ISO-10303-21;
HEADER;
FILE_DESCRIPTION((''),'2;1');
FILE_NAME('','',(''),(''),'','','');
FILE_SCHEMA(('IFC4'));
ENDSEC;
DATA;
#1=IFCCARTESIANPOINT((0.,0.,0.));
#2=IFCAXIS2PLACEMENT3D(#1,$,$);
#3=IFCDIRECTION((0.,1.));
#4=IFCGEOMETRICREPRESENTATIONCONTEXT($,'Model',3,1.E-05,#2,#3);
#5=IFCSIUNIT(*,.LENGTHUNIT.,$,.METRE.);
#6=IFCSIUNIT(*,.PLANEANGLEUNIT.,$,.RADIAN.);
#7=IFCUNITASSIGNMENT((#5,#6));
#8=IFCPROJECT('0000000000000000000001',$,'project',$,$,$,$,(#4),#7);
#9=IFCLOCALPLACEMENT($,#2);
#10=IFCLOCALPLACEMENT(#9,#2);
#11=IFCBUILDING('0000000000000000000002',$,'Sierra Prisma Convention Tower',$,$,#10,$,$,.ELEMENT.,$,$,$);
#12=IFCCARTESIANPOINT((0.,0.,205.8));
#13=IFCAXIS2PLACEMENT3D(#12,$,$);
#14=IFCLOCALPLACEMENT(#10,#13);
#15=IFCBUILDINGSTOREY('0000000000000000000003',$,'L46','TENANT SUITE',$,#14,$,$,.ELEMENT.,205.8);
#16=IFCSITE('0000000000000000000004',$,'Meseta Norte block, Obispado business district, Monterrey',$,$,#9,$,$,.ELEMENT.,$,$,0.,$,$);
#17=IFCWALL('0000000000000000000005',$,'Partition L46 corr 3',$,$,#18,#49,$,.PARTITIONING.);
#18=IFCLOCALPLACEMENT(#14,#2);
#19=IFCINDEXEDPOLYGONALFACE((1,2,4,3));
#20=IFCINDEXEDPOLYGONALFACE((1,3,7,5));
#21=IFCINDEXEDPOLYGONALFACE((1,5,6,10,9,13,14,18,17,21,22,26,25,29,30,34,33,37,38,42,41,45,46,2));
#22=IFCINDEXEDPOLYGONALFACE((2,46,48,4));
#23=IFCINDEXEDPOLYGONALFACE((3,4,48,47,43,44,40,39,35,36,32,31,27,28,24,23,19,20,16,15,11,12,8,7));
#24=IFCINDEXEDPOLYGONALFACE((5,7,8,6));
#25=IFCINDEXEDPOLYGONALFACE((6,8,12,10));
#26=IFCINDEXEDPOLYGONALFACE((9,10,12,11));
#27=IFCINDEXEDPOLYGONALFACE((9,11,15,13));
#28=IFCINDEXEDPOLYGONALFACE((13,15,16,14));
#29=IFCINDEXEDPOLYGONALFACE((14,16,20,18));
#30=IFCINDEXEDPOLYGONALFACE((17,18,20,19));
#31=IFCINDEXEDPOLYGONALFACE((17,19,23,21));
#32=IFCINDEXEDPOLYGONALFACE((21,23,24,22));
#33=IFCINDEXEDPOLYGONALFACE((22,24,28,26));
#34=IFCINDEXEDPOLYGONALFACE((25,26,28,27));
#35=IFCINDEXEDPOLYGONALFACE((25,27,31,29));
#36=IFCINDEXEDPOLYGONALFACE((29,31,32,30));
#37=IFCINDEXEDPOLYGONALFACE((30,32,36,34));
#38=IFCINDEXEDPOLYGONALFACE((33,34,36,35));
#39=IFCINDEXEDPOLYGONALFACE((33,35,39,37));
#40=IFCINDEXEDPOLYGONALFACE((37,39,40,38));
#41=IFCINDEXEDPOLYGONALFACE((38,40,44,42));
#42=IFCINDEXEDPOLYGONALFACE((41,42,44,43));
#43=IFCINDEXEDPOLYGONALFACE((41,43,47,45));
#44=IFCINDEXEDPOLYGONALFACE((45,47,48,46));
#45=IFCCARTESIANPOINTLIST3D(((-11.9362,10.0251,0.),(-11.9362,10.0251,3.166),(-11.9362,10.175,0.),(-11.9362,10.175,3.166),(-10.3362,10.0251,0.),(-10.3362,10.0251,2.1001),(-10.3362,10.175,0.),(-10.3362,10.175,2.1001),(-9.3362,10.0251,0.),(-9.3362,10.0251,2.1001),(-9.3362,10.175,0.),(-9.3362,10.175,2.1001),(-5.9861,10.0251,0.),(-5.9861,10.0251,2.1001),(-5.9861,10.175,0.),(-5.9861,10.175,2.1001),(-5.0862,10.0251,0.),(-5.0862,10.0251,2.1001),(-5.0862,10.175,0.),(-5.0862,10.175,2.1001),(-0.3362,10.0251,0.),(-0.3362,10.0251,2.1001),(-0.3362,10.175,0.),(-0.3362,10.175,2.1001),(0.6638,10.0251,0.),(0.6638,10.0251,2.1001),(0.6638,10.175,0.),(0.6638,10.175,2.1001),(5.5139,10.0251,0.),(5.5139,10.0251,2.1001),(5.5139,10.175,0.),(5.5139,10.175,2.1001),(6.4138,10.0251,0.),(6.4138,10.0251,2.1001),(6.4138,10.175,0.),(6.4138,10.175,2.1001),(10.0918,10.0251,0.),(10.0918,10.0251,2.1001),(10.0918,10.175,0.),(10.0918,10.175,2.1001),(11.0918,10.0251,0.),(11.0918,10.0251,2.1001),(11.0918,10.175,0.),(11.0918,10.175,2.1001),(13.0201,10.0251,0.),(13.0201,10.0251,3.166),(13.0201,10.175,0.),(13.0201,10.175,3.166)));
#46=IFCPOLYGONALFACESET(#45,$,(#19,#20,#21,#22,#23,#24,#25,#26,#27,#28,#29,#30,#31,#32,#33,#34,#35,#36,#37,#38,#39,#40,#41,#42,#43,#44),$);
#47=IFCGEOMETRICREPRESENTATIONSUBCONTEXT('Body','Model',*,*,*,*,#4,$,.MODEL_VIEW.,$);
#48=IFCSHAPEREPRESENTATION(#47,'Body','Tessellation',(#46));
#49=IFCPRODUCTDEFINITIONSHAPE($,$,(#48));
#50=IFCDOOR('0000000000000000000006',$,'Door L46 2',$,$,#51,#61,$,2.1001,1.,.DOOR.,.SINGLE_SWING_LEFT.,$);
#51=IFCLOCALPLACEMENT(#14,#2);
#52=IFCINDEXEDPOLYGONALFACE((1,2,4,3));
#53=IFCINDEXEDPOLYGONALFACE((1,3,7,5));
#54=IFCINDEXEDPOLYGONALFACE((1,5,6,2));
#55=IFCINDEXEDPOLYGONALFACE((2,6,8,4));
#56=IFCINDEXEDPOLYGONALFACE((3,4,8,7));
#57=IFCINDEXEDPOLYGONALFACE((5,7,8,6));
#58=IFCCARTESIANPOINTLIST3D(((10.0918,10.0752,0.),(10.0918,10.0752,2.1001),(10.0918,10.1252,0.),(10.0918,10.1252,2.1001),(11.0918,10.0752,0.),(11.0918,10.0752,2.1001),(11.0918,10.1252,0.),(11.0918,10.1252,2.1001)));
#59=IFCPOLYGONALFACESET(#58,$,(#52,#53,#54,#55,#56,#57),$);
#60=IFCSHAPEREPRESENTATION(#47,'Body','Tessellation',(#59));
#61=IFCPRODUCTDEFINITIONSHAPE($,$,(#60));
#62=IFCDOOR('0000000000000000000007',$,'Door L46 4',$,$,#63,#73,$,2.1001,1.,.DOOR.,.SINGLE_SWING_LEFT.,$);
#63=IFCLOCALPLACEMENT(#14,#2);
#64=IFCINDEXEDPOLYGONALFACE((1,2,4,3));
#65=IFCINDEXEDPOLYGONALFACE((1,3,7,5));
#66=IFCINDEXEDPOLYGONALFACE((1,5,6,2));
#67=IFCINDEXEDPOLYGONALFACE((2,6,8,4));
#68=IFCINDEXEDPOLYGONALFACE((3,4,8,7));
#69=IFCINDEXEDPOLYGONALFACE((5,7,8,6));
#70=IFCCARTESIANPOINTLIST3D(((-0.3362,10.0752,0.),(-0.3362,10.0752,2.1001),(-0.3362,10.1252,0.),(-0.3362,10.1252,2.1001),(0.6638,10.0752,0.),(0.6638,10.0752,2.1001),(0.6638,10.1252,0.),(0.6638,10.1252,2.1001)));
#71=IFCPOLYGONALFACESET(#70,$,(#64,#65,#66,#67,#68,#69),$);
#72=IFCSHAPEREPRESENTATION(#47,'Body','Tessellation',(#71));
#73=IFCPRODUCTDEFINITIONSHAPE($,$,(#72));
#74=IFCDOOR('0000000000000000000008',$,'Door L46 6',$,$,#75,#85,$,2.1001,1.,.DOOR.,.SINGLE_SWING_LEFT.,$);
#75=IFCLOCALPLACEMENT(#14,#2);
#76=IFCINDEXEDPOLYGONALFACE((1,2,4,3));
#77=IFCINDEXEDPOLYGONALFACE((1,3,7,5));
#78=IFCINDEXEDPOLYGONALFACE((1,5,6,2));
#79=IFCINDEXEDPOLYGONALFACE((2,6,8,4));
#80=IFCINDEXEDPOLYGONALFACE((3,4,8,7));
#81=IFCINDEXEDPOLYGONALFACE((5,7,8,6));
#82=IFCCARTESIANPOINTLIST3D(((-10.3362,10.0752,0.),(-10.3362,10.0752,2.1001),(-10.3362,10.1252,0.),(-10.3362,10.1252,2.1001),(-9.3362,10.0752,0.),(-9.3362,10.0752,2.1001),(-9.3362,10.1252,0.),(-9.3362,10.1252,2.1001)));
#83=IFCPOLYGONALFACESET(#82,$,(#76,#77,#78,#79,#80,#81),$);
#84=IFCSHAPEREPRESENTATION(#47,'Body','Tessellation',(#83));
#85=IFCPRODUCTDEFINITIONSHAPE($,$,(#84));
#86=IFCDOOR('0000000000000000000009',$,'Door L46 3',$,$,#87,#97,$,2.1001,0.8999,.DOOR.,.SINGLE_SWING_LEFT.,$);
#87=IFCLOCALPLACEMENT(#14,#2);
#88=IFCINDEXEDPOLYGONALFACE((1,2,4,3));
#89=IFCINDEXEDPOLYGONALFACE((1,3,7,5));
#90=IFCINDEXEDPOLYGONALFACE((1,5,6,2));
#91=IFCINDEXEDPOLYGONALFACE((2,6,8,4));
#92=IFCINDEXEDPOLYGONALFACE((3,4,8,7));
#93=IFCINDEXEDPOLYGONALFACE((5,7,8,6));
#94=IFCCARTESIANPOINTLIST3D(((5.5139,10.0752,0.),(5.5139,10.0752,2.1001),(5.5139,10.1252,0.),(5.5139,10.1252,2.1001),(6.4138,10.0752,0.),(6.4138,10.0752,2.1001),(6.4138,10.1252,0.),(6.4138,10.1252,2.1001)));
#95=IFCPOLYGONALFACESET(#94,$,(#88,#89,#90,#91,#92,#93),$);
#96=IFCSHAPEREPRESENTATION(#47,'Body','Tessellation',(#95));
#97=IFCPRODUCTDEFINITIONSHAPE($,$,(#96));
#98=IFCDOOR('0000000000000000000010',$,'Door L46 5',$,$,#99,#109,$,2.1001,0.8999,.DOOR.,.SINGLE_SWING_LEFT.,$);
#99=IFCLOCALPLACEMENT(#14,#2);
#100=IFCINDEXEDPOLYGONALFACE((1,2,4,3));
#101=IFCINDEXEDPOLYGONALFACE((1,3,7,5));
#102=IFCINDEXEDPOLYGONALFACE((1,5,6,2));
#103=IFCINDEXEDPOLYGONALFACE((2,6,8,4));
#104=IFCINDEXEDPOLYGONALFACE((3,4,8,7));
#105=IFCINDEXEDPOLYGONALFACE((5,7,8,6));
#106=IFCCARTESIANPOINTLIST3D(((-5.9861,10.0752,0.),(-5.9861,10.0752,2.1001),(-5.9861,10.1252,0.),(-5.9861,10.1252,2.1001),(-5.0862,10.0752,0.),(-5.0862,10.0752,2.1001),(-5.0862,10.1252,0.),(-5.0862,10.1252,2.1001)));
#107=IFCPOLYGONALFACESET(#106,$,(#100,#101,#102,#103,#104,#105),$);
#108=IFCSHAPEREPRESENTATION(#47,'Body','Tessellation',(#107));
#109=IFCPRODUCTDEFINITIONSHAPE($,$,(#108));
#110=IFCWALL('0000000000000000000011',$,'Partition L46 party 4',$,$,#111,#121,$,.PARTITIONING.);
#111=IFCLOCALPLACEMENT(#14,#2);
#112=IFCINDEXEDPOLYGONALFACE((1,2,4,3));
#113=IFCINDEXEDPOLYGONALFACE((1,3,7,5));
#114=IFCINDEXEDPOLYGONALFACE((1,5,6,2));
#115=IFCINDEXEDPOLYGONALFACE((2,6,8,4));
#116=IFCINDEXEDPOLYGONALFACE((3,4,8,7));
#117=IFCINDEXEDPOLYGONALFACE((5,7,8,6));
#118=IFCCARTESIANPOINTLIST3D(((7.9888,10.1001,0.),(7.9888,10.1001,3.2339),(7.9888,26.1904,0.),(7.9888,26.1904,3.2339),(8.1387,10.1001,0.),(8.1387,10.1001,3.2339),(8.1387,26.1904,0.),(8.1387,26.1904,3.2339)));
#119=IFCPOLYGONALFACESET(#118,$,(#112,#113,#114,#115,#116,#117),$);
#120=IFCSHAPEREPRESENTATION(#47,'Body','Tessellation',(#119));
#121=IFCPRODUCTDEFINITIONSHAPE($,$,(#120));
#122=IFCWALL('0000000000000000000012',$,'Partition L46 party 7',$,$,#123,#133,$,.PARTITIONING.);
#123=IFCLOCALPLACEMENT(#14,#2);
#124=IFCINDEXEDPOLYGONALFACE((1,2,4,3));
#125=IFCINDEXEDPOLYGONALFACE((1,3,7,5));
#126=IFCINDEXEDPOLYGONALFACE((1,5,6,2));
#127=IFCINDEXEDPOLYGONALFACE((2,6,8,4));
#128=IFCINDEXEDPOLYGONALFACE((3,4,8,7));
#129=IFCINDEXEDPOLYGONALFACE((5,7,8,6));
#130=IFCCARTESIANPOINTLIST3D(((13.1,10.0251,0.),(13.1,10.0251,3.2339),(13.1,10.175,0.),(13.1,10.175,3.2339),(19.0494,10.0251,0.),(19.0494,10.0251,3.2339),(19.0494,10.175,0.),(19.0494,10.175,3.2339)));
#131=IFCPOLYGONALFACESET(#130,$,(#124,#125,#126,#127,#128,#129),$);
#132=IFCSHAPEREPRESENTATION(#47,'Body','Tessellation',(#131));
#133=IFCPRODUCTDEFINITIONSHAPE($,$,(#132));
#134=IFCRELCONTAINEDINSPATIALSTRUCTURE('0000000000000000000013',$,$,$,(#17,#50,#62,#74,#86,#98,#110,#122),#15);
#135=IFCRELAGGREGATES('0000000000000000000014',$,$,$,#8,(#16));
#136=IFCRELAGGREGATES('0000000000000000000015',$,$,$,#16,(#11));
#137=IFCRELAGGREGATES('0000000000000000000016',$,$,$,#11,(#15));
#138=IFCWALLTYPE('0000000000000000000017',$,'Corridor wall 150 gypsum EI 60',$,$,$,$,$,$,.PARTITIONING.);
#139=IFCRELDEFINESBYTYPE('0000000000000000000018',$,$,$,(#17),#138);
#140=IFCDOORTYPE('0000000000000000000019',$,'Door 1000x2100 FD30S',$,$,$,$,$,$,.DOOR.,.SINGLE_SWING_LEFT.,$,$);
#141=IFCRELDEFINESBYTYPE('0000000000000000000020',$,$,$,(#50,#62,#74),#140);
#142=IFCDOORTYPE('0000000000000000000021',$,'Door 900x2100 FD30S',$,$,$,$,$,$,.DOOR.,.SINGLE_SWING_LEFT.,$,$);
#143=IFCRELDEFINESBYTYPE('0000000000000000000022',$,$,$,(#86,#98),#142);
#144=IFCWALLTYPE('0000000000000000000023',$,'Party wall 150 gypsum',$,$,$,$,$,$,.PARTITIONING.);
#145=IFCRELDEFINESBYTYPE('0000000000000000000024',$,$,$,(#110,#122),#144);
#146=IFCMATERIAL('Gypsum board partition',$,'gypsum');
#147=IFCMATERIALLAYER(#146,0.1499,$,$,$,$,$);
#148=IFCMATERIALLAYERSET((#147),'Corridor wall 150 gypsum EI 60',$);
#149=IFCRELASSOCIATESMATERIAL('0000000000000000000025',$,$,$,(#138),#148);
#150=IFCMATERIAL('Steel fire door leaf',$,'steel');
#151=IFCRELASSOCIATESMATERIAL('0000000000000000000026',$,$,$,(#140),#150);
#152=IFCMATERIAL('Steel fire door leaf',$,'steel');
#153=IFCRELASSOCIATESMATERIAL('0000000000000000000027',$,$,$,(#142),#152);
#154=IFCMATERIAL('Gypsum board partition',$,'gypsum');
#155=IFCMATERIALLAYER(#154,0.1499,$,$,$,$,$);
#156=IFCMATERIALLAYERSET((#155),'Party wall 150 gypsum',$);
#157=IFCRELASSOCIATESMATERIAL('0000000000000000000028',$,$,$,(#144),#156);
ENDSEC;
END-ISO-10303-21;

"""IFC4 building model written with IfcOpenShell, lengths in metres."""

from ifc_helpers import new_model, si_unit, direction, frame, frame_2d, origin, place, context, subcontext, project, spatial, rectangle, extrude, material, layer, layer_set, type_object, element, fill, save


model = new_model("IFC4")

# Units and contexts
model_context = context("Model", 3, precision=1e-05, world=origin(), true_north=direction((0.0, 1.0)))
body_context = subcontext(model_context, "Body", "Model", "MODEL_VIEW")
ifc_project = project(units=[si_unit("LENGTHUNIT", "METRE"), si_unit("PLANEANGLEUNIT", "RADIAN")], contexts=[model_context])

# Site, building, storey
site_placement = place(None, origin())
site = spatial("IfcSite", under=ifc_project, at=site_placement, Name="Meseta Norte block, Obispado business district, Monterrey", CompositionType="ELEMENT", RefElevation=0.0)
building_placement = place(site_placement, origin())
building = spatial("IfcBuilding", under=site, at=building_placement, Name="Sierra Prisma Convention Tower", CompositionType="ELEMENT")
storey_placement = place(building_placement, frame((0.0, 0.0, 205.8)))
storey = spatial("IfcBuildingStorey", under=building, at=storey_placement, Name="L46", Description="TENANT SUITE", CompositionType="ELEMENT", Elevation=205.8)

# Wall, openings, doors
ifc_material_1 = material(Name="Gypsum board partition", Category="gypsum")
ifc_layer_1 = layer(ifc_material_1, 0.1499)
ifc_layer_set_1 = layer_set([ifc_layer_1], Name="Corridor wall 150 gypsum EI 60")
wall_type_1 = type_object("IfcWallType", Name="Corridor wall 150 gypsum EI 60", PredefinedType="PARTITIONING", material=ifc_layer_set_1)
wall_1_placement = place(storey_placement, frame((13.02, 10.1001, 0.0), z_axis=(0.0, 0.0, 1.0), x_axis=(-1.0, 0.0, 0.0)))
wall_1 = element("IfcWall", 1, at=wall_1_placement, inside=storey, type_object=wall_type_1, Name="Partition L46 corr 3", PredefinedType="PARTITIONING", context=body_context, shape_type="SweptSolid", body=[
    extrude(rectangle(XDim=24.9563, YDim=0.1499, at=frame_2d((12.478, 0.0))), origin(), (0.0, 0.0, 1.0), 3.166),
])
opening_1_placement = place(wall_1_placement, frame((1.9282, 0.0, 0.0)))
opening_1 = element("IfcOpeningElement", 2, at=opening_1_placement, cuts=wall_1, PredefinedType="OPENING", context=body_context, shape_type="SweptSolid", body=[
    extrude(rectangle(XDim=1.0, YDim=2.1001, at=frame_2d((0.5, 1.05))), frame((0.0, 0.075, 0.0), z_axis=(0.0, -1.0, 0.0), x_axis=(1.0, 0.0, 0.0)), (0.0, 0.0, 1.0), 0.1499),
])
opening_2_placement = place(wall_1_placement, frame((6.6062, 0.0, 0.0)))
opening_2 = element("IfcOpeningElement", 3, at=opening_2_placement, cuts=wall_1, PredefinedType="OPENING", context=body_context, shape_type="SweptSolid", body=[
    extrude(rectangle(XDim=0.8999, YDim=2.1001, at=frame_2d((0.45, 1.05))), frame((0.0, 0.075, 0.0), z_axis=(0.0, -1.0, 0.0), x_axis=(1.0, 0.0, 0.0)), (0.0, 0.0, 1.0), 0.1499),
])
opening_3_placement = place(wall_1_placement, frame((12.3562, 0.0, 0.0)))
opening_3 = element("IfcOpeningElement", 4, at=opening_3_placement, cuts=wall_1, PredefinedType="OPENING", context=body_context, shape_type="SweptSolid", body=[
    extrude(rectangle(XDim=1.0, YDim=2.1001, at=frame_2d((0.5, 1.05))), frame((0.0, 0.075, 0.0), z_axis=(0.0, -1.0, 0.0), x_axis=(1.0, 0.0, 0.0)), (0.0, 0.0, 1.0), 0.1499),
])
opening_4_placement = place(wall_1_placement, frame((18.1062, 0.0, 0.0)))
opening_4 = element("IfcOpeningElement", 5, at=opening_4_placement, cuts=wall_1, PredefinedType="OPENING", context=body_context, shape_type="SweptSolid", body=[
    extrude(rectangle(XDim=0.8999, YDim=2.1001, at=frame_2d((0.45, 1.05))), frame((0.0, 0.075, 0.0), z_axis=(0.0, -1.0, 0.0), x_axis=(1.0, 0.0, 0.0)), (0.0, 0.0, 1.0), 0.1499),
])
opening_5_placement = place(wall_1_placement, frame((22.3562, 0.0, 0.0)))
opening_5 = element("IfcOpeningElement", 6, at=opening_5_placement, cuts=wall_1, PredefinedType="OPENING", context=body_context, shape_type="SweptSolid", body=[
    extrude(rectangle(XDim=1.0, YDim=2.1001, at=frame_2d((0.5, 1.05))), frame((0.0, 0.075, 0.0), z_axis=(0.0, -1.0, 0.0), x_axis=(1.0, 0.0, 0.0)), (0.0, 0.0, 1.0), 0.1499),
])
ifc_material_2 = material(Name="Steel fire door leaf", Category="steel")
door_type_1 = type_object("IfcDoorType", Name="Door 1000x2100 FD30S", OperationType="SINGLE_SWING_LEFT", PredefinedType="DOOR", material=ifc_material_2)
door_1_placement = place(opening_1_placement, origin())
door_1 = element("IfcDoor", 7, at=door_1_placement, inside=storey, type_object=door_type_1, Name="Door L46 2", OperationType="SINGLE_SWING_LEFT", OverallHeight=2.1001, OverallWidth=1.0, PredefinedType="DOOR", context=body_context, shape_type="SweptSolid", body=[
    extrude(rectangle(XDim=1.0, YDim=2.1001, at=frame_2d((0.5, 1.05))), frame((0.0, 0.0249, 0.0), z_axis=(0.0, -1.0, 0.0), x_axis=(1.0, 0.0, 0.0)), (0.0, 0.0, 1.0), 0.05),
])
fill(opening_1, door_1)
door_2_placement = place(opening_3_placement, origin())
door_2 = element("IfcDoor", 8, at=door_2_placement, inside=storey, type_object=door_type_1, Name="Door L46 4", OperationType="SINGLE_SWING_LEFT", OverallHeight=2.1001, OverallWidth=1.0, PredefinedType="DOOR", context=body_context, shape_type="SweptSolid", body=[
    extrude(rectangle(XDim=1.0, YDim=2.1001, at=frame_2d((0.5, 1.05))), frame((0.0, 0.0249, 0.0), z_axis=(0.0, -1.0, 0.0), x_axis=(1.0, 0.0, 0.0)), (0.0, 0.0, 1.0), 0.05),
])
fill(opening_3, door_2)
door_3_placement = place(opening_5_placement, origin())
door_3 = element("IfcDoor", 9, at=door_3_placement, inside=storey, type_object=door_type_1, Name="Door L46 6", OperationType="SINGLE_SWING_LEFT", OverallHeight=2.1001, OverallWidth=1.0, PredefinedType="DOOR", context=body_context, shape_type="SweptSolid", body=[
    extrude(rectangle(XDim=1.0, YDim=2.1001, at=frame_2d((0.5, 1.05))), frame((0.0, 0.0249, 0.0), z_axis=(0.0, -1.0, 0.0), x_axis=(1.0, 0.0, 0.0)), (0.0, 0.0, 1.0), 0.05),
])
fill(opening_5, door_3)
ifc_material_3 = material(Name="Steel fire door leaf", Category="steel")
door_type_2 = type_object("IfcDoorType", Name="Door 900x2100 FD30S", OperationType="SINGLE_SWING_LEFT", PredefinedType="DOOR", material=ifc_material_3)
door_4_placement = place(opening_2_placement, origin())
door_4 = element("IfcDoor", 10, at=door_4_placement, inside=storey, type_object=door_type_2, Name="Door L46 3", OperationType="SINGLE_SWING_LEFT", OverallHeight=2.1001, OverallWidth=0.8999, PredefinedType="DOOR", context=body_context, shape_type="SweptSolid", body=[
    extrude(rectangle(XDim=0.8999, YDim=2.1001, at=frame_2d((0.45, 1.05))), frame((0.0, 0.0249, 0.0), z_axis=(0.0, -1.0, 0.0), x_axis=(1.0, 0.0, 0.0)), (0.0, 0.0, 1.0), 0.05),
])
fill(opening_2, door_4)
door_5_placement = place(opening_4_placement, origin())
door_5 = element("IfcDoor", 11, at=door_5_placement, inside=storey, type_object=door_type_2, Name="Door L46 5", OperationType="SINGLE_SWING_LEFT", OverallHeight=2.1001, OverallWidth=0.8999, PredefinedType="DOOR", context=body_context, shape_type="SweptSolid", body=[
    extrude(rectangle(XDim=0.8999, YDim=2.1001, at=frame_2d((0.45, 1.05))), frame((0.0, 0.0249, 0.0), z_axis=(0.0, -1.0, 0.0), x_axis=(1.0, 0.0, 0.0)), (0.0, 0.0, 1.0), 0.05),
])
fill(opening_4, door_5)

# Walls
ifc_material_4 = material(Name="Gypsum board partition", Category="gypsum")
ifc_layer_2 = layer(ifc_material_4, 0.1499)
ifc_layer_set_2 = layer_set([ifc_layer_2], Name="Party wall 150 gypsum")
wall_type_2 = type_object("IfcWallType", Name="Party wall 150 gypsum", PredefinedType="PARTITIONING", material=ifc_layer_set_2)
wall_2_placement = place(storey_placement, frame((8.0637, 10.1001, 0.0), z_axis=(0.0, 0.0, 1.0), x_axis=(0.0, 1.0, 0.0)))
element("IfcWall", 12, at=wall_2_placement, inside=storey, type_object=wall_type_2, Name="Partition L46 party 4", PredefinedType="PARTITIONING", context=body_context, shape_type="SweptSolid", body=[
    extrude(rectangle(XDim=16.0903, YDim=0.1499, at=frame_2d((8.0452, 0.0))), origin(), (0.0, 0.0, 1.0), 3.2339),
])
wall_3_placement = place(storey_placement, frame((13.1001, 10.1001, 0.0), z_axis=(0.0, 0.0, 1.0), x_axis=(1.0, 0.0, 0.0)))
element("IfcWall", 13, at=wall_3_placement, inside=storey, type_object=wall_type_2, Name="Partition L46 party 7", PredefinedType="PARTITIONING", context=body_context, shape_type="SweptSolid", body=[
    extrude(rectangle(XDim=5.9495, YDim=0.1499, at=frame_2d((2.9746, 0.0))), origin(), (0.0, 0.0, 1.0), 3.2339),
])

save(model, "model.ifc")
